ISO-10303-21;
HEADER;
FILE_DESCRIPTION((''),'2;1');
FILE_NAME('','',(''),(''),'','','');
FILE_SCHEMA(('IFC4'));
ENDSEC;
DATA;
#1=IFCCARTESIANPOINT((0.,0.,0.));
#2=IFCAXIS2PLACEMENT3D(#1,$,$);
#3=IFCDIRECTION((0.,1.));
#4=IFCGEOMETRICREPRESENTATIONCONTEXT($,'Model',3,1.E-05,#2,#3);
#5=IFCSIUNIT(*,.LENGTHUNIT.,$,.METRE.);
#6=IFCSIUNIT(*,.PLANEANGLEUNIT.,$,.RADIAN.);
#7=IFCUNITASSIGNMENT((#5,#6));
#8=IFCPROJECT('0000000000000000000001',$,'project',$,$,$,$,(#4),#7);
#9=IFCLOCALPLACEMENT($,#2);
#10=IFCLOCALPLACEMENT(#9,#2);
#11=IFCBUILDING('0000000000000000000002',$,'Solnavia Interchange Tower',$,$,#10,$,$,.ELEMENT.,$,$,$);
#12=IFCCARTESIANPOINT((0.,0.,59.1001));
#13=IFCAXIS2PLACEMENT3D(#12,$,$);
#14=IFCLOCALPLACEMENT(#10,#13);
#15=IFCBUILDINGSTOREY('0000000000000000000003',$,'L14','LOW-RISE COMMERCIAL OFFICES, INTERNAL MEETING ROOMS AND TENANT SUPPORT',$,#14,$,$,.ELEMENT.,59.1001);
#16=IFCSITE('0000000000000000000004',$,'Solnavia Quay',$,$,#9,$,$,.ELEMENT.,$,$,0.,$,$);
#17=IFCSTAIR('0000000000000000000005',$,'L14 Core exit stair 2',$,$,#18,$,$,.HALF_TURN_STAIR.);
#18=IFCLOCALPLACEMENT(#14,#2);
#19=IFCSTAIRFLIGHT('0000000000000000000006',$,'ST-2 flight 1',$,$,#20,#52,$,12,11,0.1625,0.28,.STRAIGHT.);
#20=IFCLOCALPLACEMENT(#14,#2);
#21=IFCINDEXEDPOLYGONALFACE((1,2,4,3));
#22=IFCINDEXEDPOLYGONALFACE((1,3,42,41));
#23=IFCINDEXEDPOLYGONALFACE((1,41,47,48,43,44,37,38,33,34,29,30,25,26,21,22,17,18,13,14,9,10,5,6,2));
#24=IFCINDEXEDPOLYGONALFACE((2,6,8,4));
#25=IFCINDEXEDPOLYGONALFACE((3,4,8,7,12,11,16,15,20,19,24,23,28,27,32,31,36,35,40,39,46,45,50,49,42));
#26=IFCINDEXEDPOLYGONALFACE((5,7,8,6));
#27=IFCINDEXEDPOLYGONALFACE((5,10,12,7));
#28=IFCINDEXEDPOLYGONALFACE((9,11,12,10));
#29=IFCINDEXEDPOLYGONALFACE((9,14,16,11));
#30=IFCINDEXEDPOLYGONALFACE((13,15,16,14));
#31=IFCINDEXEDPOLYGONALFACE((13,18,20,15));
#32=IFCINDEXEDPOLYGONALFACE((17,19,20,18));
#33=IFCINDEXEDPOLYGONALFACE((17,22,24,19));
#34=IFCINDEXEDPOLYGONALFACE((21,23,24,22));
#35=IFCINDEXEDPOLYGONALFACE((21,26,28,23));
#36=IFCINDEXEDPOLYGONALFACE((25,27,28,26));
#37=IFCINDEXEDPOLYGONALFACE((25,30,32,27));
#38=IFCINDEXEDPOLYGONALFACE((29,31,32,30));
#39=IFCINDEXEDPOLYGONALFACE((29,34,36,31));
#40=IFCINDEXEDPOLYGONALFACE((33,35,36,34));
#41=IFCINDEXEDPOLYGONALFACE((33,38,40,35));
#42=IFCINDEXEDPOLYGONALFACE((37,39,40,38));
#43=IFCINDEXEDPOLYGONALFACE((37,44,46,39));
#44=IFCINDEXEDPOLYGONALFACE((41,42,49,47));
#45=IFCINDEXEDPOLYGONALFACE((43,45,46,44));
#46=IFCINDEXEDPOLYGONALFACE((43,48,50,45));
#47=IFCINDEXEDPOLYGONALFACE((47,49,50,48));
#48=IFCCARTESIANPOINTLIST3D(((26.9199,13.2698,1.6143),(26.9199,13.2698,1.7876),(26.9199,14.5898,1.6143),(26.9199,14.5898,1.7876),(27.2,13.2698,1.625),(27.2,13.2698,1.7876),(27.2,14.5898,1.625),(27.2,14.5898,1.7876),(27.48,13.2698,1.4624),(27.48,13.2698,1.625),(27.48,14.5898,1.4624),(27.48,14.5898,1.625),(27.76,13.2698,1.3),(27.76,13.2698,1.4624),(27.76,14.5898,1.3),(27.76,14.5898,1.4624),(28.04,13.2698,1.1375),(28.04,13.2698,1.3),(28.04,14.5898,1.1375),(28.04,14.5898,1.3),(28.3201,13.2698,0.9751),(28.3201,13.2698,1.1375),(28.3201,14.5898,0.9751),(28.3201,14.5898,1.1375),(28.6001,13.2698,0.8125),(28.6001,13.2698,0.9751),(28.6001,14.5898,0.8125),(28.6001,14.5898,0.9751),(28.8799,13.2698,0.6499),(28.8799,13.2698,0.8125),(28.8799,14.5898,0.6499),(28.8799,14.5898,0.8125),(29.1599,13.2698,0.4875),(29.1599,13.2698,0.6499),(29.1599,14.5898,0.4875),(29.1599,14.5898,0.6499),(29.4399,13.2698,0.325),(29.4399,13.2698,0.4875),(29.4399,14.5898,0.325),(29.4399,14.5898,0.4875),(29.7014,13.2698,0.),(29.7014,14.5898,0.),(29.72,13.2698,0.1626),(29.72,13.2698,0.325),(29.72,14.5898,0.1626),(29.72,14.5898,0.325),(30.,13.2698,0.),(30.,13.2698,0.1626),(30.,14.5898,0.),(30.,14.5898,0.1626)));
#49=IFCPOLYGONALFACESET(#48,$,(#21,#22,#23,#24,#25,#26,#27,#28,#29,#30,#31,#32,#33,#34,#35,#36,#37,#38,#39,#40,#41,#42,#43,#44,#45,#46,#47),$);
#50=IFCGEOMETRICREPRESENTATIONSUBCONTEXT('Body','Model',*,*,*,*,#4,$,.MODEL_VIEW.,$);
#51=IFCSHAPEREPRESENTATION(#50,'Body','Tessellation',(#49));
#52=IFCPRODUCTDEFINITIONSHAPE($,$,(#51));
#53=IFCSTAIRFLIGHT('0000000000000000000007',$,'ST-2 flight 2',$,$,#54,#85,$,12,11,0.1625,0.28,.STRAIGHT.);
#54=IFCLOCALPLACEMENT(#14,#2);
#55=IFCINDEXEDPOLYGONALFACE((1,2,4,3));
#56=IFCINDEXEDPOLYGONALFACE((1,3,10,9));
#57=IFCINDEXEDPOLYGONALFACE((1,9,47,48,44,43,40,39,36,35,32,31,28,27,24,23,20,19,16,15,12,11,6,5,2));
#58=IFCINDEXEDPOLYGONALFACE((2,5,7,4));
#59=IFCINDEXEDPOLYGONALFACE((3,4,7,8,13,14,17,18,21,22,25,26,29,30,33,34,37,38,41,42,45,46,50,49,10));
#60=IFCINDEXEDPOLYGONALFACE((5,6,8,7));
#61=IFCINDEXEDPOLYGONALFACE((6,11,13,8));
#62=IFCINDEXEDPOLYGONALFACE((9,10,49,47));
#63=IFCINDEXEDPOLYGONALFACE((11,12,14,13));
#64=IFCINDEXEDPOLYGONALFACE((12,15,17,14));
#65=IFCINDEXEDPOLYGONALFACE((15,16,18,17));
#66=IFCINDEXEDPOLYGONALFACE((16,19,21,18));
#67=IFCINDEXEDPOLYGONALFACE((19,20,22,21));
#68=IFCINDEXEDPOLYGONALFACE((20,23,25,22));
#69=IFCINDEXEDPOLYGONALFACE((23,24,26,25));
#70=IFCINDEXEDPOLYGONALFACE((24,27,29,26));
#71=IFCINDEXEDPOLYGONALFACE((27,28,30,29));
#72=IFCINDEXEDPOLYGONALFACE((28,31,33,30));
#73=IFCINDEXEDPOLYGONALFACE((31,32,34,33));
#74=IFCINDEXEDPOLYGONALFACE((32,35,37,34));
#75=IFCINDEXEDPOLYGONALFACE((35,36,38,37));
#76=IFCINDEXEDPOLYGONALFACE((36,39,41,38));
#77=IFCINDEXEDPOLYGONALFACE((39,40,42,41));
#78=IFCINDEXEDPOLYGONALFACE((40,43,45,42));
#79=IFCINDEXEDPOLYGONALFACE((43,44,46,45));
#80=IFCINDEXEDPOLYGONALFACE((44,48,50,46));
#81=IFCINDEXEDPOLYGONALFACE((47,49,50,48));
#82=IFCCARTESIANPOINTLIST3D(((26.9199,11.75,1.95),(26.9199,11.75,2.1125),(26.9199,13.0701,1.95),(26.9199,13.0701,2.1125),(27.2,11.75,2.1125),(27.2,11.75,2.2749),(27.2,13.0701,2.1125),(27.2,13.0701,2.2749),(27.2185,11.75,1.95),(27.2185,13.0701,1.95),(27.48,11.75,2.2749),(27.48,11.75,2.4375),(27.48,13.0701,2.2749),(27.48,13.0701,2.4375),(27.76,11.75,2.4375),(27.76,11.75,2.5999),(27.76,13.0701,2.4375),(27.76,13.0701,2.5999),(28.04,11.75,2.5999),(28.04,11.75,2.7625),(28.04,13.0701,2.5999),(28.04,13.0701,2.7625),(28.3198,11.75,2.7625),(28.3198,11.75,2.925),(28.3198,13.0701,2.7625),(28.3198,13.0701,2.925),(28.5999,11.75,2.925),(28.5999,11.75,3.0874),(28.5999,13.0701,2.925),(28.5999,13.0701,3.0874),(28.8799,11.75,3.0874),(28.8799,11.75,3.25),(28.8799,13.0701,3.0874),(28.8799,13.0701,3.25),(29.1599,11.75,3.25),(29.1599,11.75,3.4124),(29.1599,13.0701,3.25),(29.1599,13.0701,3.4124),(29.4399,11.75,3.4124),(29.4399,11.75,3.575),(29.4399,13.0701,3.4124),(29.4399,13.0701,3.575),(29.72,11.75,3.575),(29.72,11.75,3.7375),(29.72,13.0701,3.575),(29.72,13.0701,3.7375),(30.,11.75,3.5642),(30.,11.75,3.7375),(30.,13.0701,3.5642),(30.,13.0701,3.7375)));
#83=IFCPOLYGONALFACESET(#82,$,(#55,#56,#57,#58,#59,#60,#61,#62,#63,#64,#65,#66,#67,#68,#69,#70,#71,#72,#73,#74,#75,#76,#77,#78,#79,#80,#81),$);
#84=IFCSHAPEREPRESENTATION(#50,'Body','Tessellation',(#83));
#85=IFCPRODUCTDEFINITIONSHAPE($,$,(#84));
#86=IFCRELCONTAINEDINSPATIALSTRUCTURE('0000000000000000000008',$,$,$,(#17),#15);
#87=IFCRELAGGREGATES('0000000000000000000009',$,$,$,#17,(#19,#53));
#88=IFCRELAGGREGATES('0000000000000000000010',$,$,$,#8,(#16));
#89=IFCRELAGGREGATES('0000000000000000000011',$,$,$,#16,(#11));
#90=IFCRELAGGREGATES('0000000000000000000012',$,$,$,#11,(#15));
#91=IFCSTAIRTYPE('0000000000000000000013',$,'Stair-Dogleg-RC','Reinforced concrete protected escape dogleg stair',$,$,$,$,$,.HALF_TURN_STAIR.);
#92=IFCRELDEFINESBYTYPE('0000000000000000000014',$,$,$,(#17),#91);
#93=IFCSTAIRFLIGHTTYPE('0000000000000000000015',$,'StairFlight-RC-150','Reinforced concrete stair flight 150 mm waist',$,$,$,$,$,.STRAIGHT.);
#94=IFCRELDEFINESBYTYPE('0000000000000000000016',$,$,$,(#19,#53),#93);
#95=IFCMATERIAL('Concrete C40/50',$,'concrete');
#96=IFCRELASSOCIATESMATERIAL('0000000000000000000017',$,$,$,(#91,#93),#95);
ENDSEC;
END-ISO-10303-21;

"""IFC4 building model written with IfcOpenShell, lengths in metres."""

from ifc_helpers import new_model, si_unit, direction, frame, origin, place, context, subcontext, project, spatial, polyline, outline, extrude, material, type_object, element, aggregate, save


model = new_model("IFC4")

# Units and contexts
model_context = context("Model", 3, precision=1e-05, world=origin(), true_north=direction((0.0, 1.0)))
body_context = subcontext(model_context, "Body", "Model", "MODEL_VIEW")
ifc_project = project(units=[si_unit("LENGTHUNIT", "METRE"), si_unit("PLANEANGLEUNIT", "RADIAN")], contexts=[model_context])

# Site, building, storey
site_placement = place(None, origin())
site = spatial("IfcSite", under=ifc_project, at=site_placement, Name="Solnavia Quay", CompositionType="ELEMENT", RefElevation=0.0)
building_placement = place(site_placement, origin())
building = spatial("IfcBuilding", under=site, at=building_placement, Name="Solnavia Interchange Tower", CompositionType="ELEMENT")
storey_placement = place(building_placement, frame((0.0, 0.0, 59.1001)))
storey = spatial("IfcBuildingStorey", under=building, at=storey_placement, Name="L14", Description="LOW-RISE COMMERCIAL OFFICES, INTERNAL MEETING ROOMS AND TENANT SUPPORT", CompositionType="ELEMENT", Elevation=59.1001)

# Shared definitions
ifc_material_1 = material(Name="Concrete C40/50", Category="concrete")

# Stair, stair flights
stair_type = type_object("IfcStairType", Name="Stair-Dogleg-RC", Description="Reinforced concrete protected escape dogleg stair", PredefinedType="HALF_TURN_STAIR", material=ifc_material_1)
stair_placement = place(storey_placement, origin())
stair = element("IfcStair", 1, at=stair_placement, inside=storey, type_object=stair_type, Name="L14 Core exit stair 2", PredefinedType="HALF_TURN_STAIR")
stair_flight_type = type_object("IfcStairFlightType", Name="StairFlight-RC-150", Description="Reinforced concrete stair flight 150 mm waist", PredefinedType="STRAIGHT", material=ifc_material_1)
stair_flight_1_placement = place(storey_placement, frame((30.0, 13.9299, 0.0), z_axis=(0.0, 0.0, 1.0), x_axis=(-1.0, 0.0, 0.0)))
stair_flight_1 = element("IfcStairFlight", 2, at=stair_flight_1_placement, type_object=stair_flight_type, Name="ST-2 flight 1", NumberOfRisers=12, NumberOfTreads=11, PredefinedType="STRAIGHT", RiserHeight=0.1625, TreadLength=0.28, context=body_context, shape_type="SweptSolid", body=[
    extrude(outline(polyline([(0.0, 0.0), (0.0, 0.1626), (0.28, 0.1626), (0.28, 0.325), (0.5601, 0.325), (0.5601, 0.4875), (0.8401, 0.4875), (0.8401, 0.6499), (1.1201, 0.6499), (1.1201, 0.8125), (1.3999, 0.8125), (1.3999, 0.9751), (1.6799, 0.9751), (1.6799, 1.1375), (1.96, 1.1375), (1.96, 1.3), (2.24, 1.3), (2.24, 1.4624), (2.52, 1.4624), (2.52, 1.625), (2.8, 1.625), (2.8, 1.7876), (3.0801, 1.7876), (3.0801, 1.95), (3.0801, 1.6143), (0.2986, 0.0), (0.0, 0.0)])), frame((0.0, 0.6602, 0.0), z_axis=(0.0, -1.0, 0.0), x_axis=(1.0, 0.0, 0.0)), (0.0, 0.0, 1.0), 1.3201),
])
stair_flight_2_placement = place(storey_placement, frame((26.9199, 12.4099, 1.95), z_axis=(0.0, 0.0, 1.0), x_axis=(1.0, 0.0, 0.0)))
stair_flight_2 = element("IfcStairFlight", 3, at=stair_flight_2_placement, type_object=stair_flight_type, Name="ST-2 flight 2", NumberOfRisers=12, NumberOfTreads=11, PredefinedType="STRAIGHT", RiserHeight=0.1625, TreadLength=0.28, context=body_context, shape_type="SweptSolid", body=[
    extrude(outline(polyline([(0.0, 0.0), (0.0, 0.1626), (0.28, 0.1626), (0.28, 0.325), (0.5601, 0.325), (0.5601, 0.4875), (0.8401, 0.4875), (0.8401, 0.6499), (1.1201, 0.6499), (1.1201, 0.8125), (1.3999, 0.8125), (1.3999, 0.9751), (1.6799, 0.9751), (1.6799, 1.1375), (1.96, 1.1375), (1.96, 1.3), (2.24, 1.3), (2.24, 1.4624), (2.52, 1.4624), (2.52, 1.625), (2.8, 1.625), (2.8, 1.7876), (3.0801, 1.7876), (3.0801, 1.95), (3.0801, 1.6143), (0.2986, 0.0), (0.0, 0.0)])), frame((0.0, 0.6602, 0.0), z_axis=(0.0, -1.0, 0.0), x_axis=(1.0, 0.0, 0.0)), (0.0, 0.0, 1.0), 1.3201),
])
aggregate(stair, [stair_flight_1, stair_flight_2])

save(model, "model.ifc")
